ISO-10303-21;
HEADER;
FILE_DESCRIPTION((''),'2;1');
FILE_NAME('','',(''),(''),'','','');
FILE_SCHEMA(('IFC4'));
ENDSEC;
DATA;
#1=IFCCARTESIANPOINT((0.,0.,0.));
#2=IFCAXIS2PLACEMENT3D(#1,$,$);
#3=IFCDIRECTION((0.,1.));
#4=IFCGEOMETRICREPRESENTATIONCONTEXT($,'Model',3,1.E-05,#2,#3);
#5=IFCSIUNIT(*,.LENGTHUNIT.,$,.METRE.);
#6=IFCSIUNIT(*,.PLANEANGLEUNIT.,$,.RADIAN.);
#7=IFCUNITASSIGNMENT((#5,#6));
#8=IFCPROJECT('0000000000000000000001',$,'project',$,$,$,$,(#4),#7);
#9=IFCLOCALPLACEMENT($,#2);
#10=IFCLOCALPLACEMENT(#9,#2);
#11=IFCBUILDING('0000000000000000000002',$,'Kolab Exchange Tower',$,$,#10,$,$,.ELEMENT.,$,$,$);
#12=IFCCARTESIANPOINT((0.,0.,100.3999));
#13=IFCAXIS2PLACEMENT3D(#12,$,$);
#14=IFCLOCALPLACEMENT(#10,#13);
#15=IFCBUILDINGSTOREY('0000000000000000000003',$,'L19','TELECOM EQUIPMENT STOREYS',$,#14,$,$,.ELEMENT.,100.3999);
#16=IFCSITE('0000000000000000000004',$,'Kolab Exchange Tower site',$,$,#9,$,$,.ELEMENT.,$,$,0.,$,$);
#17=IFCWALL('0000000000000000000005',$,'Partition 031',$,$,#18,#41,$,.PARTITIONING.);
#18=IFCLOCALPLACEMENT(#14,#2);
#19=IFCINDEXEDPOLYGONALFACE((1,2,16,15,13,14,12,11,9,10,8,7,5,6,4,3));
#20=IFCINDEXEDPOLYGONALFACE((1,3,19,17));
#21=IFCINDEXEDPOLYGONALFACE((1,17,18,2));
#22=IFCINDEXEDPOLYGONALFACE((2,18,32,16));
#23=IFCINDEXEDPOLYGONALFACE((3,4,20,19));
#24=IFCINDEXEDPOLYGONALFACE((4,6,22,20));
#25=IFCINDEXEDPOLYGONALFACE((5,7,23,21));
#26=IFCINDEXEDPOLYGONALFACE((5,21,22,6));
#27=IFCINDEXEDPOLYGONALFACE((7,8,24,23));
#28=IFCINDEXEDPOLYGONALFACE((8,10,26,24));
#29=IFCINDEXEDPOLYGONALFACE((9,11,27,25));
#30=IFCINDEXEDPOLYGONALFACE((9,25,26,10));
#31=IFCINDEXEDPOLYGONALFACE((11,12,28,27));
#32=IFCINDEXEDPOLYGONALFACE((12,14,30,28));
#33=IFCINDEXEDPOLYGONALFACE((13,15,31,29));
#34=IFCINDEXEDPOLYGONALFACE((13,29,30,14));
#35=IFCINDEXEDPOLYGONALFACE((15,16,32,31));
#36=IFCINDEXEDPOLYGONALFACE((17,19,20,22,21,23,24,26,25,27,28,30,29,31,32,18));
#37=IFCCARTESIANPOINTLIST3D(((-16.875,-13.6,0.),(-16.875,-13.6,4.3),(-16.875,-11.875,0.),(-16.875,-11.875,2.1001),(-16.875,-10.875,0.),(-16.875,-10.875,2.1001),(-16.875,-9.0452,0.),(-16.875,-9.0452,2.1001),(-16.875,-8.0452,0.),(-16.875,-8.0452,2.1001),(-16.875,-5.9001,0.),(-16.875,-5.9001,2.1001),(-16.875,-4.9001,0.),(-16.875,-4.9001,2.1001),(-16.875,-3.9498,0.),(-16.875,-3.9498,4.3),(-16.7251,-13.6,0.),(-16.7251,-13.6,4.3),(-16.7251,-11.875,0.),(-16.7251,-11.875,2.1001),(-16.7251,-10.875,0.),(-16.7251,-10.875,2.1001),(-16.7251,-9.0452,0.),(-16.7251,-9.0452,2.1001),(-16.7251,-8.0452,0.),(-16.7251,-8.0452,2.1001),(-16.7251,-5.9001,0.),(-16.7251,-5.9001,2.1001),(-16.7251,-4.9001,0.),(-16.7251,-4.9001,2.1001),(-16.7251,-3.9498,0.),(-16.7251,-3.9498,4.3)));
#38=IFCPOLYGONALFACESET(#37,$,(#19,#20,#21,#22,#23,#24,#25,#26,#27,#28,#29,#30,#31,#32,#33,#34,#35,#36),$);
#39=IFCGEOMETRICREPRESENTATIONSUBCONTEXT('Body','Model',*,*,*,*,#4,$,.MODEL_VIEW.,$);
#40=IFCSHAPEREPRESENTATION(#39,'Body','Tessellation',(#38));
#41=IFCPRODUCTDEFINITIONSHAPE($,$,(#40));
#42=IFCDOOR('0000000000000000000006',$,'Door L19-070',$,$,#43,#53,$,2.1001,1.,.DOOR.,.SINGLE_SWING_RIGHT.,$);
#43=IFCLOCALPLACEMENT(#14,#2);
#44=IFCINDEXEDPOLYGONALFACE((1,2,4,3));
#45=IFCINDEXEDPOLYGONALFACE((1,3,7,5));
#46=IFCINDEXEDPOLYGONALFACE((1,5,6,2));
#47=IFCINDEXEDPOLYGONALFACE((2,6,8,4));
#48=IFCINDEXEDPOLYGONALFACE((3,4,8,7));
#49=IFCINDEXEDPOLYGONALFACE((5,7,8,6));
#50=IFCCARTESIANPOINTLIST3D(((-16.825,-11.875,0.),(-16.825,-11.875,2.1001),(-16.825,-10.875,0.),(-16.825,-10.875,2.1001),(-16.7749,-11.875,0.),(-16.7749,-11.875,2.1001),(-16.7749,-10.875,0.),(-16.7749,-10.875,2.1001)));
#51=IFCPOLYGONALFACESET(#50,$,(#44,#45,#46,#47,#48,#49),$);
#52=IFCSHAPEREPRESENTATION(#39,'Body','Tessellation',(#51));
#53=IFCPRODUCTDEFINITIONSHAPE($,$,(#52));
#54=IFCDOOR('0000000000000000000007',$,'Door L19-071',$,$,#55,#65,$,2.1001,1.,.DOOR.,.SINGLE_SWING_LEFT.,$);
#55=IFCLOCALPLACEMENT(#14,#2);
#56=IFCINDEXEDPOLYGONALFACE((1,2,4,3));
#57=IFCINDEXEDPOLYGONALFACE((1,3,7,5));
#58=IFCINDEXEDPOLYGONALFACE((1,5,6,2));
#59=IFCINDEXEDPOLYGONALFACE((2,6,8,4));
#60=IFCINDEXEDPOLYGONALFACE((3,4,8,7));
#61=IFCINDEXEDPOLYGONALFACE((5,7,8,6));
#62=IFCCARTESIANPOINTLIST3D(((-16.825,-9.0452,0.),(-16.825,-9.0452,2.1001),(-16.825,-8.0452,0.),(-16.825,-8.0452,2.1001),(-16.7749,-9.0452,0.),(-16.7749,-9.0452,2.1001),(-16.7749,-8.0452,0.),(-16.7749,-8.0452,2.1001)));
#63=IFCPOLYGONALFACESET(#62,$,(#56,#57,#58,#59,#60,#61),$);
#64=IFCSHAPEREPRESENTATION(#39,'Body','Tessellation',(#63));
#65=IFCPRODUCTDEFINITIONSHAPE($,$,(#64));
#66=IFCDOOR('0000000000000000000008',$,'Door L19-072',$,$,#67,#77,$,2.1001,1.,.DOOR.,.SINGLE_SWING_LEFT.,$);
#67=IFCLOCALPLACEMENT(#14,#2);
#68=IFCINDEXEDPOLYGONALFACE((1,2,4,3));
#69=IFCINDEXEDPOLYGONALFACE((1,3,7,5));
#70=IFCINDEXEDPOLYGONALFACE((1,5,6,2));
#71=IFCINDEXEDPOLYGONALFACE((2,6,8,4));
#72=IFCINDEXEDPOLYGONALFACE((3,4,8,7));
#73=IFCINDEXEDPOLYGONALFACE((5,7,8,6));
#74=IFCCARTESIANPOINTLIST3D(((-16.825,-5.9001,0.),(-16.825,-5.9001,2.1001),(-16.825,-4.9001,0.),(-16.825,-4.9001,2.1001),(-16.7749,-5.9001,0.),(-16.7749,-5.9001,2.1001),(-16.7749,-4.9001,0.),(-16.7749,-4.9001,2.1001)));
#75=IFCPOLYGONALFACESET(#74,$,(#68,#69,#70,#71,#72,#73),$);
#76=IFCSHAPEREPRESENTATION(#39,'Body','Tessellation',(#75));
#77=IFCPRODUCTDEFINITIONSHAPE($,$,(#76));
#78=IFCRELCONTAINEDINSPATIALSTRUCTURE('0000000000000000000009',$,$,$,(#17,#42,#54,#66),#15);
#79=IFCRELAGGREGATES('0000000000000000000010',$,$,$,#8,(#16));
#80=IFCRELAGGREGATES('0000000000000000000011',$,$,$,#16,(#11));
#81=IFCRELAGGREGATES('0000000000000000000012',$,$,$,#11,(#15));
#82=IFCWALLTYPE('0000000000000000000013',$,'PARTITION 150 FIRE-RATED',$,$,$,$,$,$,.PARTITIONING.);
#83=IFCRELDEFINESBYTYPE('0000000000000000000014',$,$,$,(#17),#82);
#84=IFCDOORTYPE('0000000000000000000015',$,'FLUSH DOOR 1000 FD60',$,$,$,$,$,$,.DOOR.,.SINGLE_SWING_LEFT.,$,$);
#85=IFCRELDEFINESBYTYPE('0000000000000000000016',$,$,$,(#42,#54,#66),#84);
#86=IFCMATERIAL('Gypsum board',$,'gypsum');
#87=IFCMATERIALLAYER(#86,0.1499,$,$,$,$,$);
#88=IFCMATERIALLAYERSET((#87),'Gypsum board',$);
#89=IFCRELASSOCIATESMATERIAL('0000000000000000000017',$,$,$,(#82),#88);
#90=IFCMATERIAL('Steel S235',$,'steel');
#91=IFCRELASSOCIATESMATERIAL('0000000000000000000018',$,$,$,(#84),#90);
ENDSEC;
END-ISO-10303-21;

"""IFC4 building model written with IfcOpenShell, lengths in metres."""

from ifc_helpers import new_model, si_unit, direction, frame, frame_2d, origin, place, context, subcontext, project, spatial, rectangle, extrude, material, layer, layer_set, type_object, element, fill, save


model = new_model("IFC4")

# Units and contexts
model_context = context("Model", 3, precision=1e-05, world=origin(), true_north=direction((0.0, 1.0)))
body_context = subcontext(model_context, "Body", "Model", "MODEL_VIEW")
ifc_project = project(units=[si_unit("LENGTHUNIT", "METRE"), si_unit("PLANEANGLEUNIT", "RADIAN")], contexts=[model_context])

# Site, building, storey
site_placement = place(None, origin())
site = spatial("IfcSite", under=ifc_project, at=site_placement, Name="Kolab Exchange Tower site", CompositionType="ELEMENT", RefElevation=0.0)
building_placement = place(site_placement, origin())
building = spatial("IfcBuilding", under=site, at=building_placement, Name="Kolab Exchange Tower", CompositionType="ELEMENT")
storey_placement = place(building_placement, frame((0.0, 0.0, 100.3999)))
storey = spatial("IfcBuildingStorey", under=building, at=storey_placement, Name="L19", Description="TELECOM EQUIPMENT STOREYS", CompositionType="ELEMENT", Elevation=100.3999)

# Shared definitions
ifc_material_1 = material(Name="Gypsum board", Category="gypsum")

# Wall, openings, doors
ifc_layer_1 = layer(ifc_material_1, 0.1499)
ifc_layer_set_1 = layer_set([ifc_layer_1], Name="Gypsum board")
wall_type_1 = type_object("IfcWallType", Name="PARTITION 150 FIRE-RATED", PredefinedType="PARTITIONING", material=ifc_layer_set_1)
wall_1_placement = place(storey_placement, frame((-16.8, -13.6001, 0.0), z_axis=(0.0, 0.0, 1.0), x_axis=(0.0, 1.0, 0.0)))
wall_1 = element("IfcWall", 1, at=wall_1_placement, inside=storey, type_object=wall_type_1, Name="Partition 031", PredefinedType="PARTITIONING", context=body_context, shape_type="SweptSolid", body=[
    extrude(rectangle(XDim=9.6501, YDim=0.1499, at=frame_2d((4.8252, 0.0))), origin(), (0.0, 0.0, 1.0), 4.3),
])
opening_1_placement = place(wall_1_placement, frame((1.7251, 0.0, 0.0)))
opening_1 = element("IfcOpeningElement", 2, at=opening_1_placement, cuts=wall_1, PredefinedType="OPENING", context=body_context, shape_type="SweptSolid", body=[
    extrude(rectangle(XDim=1.0, YDim=2.1001, at=frame_2d((0.5, 1.05))), frame((0.0, 0.085, 0.0), z_axis=(0.0, -1.0, 0.0), x_axis=(1.0, 0.0, 0.0)), (0.0, 0.0, 1.0), 0.1699),
])
opening_2_placement = place(wall_1_placement, frame((4.5549, 0.0, 0.0)))
opening_2 = element("IfcOpeningElement", 3, at=opening_2_placement, cuts=wall_1, PredefinedType="OPENING", context=body_context, shape_type="SweptSolid", body=[
    extrude(rectangle(XDim=1.0, YDim=2.1001, at=frame_2d((0.5, 1.05))), frame((0.0, 0.085, 0.0), z_axis=(0.0, -1.0, 0.0), x_axis=(1.0, 0.0, 0.0)), (0.0, 0.0, 1.0), 0.1699),
])
opening_3_placement = place(wall_1_placement, frame((7.7, 0.0, 0.0)))
opening_3 = element("IfcOpeningElement", 4, at=opening_3_placement, cuts=wall_1, PredefinedType="OPENING", context=body_context, shape_type="SweptSolid", body=[
    extrude(rectangle(XDim=1.0, YDim=2.1001, at=frame_2d((0.5, 1.05))), frame((0.0, 0.085, 0.0), z_axis=(0.0, -1.0, 0.0), x_axis=(1.0, 0.0, 0.0)), (0.0, 0.0, 1.0), 0.1699),
])
ifc_material_2 = material(Name="Steel S235", Category="steel")
door_type_1 = type_object("IfcDoorType", Name="FLUSH DOOR 1000 FD60", OperationType="SINGLE_SWING_LEFT", PredefinedType="DOOR", material=ifc_material_2)
door_1_placement = place(opening_1_placement, origin())
door_1 = element("IfcDoor", 5, at=door_1_placement, inside=storey, type_object=door_type_1, Name="Door L19-070", OperationType="SINGLE_SWING_RIGHT", OverallHeight=2.1001, OverallWidth=1.0, PredefinedType="DOOR", context=body_context, shape_type="SweptSolid", body=[
    extrude(rectangle(XDim=1.0, YDim=2.1001, at=frame_2d((0.5, 1.05))), frame((0.0, 0.0249, 0.0), z_axis=(0.0, -1.0, 0.0), x_axis=(1.0, 0.0, 0.0)), (0.0, 0.0, 1.0), 0.05),
])
fill(opening_1, door_1)
door_2_placement = place(opening_2_placement, origin())
door_2 = element("IfcDoor", 6, at=door_2_placement, inside=storey, type_object=door_type_1, Name="Door L19-071", OperationType="SINGLE_SWING_LEFT", OverallHeight=2.1001, OverallWidth=1.0, PredefinedType="DOOR", context=body_context, shape_type="SweptSolid", body=[
    extrude(rectangle(XDim=1.0, YDim=2.1001, at=frame_2d((0.5, 1.05))), frame((0.0, 0.0249, 0.0), z_axis=(0.0, -1.0, 0.0), x_axis=(1.0, 0.0, 0.0)), (0.0, 0.0, 1.0), 0.05),
])
fill(opening_2, door_2)
door_3_placement = place(opening_3_placement, origin())
door_3 = element("IfcDoor", 7, at=door_3_placement, inside=storey, type_object=door_type_1, Name="Door L19-072", OperationType="SINGLE_SWING_LEFT", OverallHeight=2.1001, OverallWidth=1.0, PredefinedType="DOOR", context=body_context, shape_type="SweptSolid", body=[
    extrude(rectangle(XDim=1.0, YDim=2.1001, at=frame_2d((0.5, 1.05))), frame((0.0, 0.0249, 0.0), z_axis=(0.0, -1.0, 0.0), x_axis=(1.0, 0.0, 0.0)), (0.0, 0.0, 1.0), 0.05),
])
fill(opening_3, door_3)

save(model, "model.ifc")
